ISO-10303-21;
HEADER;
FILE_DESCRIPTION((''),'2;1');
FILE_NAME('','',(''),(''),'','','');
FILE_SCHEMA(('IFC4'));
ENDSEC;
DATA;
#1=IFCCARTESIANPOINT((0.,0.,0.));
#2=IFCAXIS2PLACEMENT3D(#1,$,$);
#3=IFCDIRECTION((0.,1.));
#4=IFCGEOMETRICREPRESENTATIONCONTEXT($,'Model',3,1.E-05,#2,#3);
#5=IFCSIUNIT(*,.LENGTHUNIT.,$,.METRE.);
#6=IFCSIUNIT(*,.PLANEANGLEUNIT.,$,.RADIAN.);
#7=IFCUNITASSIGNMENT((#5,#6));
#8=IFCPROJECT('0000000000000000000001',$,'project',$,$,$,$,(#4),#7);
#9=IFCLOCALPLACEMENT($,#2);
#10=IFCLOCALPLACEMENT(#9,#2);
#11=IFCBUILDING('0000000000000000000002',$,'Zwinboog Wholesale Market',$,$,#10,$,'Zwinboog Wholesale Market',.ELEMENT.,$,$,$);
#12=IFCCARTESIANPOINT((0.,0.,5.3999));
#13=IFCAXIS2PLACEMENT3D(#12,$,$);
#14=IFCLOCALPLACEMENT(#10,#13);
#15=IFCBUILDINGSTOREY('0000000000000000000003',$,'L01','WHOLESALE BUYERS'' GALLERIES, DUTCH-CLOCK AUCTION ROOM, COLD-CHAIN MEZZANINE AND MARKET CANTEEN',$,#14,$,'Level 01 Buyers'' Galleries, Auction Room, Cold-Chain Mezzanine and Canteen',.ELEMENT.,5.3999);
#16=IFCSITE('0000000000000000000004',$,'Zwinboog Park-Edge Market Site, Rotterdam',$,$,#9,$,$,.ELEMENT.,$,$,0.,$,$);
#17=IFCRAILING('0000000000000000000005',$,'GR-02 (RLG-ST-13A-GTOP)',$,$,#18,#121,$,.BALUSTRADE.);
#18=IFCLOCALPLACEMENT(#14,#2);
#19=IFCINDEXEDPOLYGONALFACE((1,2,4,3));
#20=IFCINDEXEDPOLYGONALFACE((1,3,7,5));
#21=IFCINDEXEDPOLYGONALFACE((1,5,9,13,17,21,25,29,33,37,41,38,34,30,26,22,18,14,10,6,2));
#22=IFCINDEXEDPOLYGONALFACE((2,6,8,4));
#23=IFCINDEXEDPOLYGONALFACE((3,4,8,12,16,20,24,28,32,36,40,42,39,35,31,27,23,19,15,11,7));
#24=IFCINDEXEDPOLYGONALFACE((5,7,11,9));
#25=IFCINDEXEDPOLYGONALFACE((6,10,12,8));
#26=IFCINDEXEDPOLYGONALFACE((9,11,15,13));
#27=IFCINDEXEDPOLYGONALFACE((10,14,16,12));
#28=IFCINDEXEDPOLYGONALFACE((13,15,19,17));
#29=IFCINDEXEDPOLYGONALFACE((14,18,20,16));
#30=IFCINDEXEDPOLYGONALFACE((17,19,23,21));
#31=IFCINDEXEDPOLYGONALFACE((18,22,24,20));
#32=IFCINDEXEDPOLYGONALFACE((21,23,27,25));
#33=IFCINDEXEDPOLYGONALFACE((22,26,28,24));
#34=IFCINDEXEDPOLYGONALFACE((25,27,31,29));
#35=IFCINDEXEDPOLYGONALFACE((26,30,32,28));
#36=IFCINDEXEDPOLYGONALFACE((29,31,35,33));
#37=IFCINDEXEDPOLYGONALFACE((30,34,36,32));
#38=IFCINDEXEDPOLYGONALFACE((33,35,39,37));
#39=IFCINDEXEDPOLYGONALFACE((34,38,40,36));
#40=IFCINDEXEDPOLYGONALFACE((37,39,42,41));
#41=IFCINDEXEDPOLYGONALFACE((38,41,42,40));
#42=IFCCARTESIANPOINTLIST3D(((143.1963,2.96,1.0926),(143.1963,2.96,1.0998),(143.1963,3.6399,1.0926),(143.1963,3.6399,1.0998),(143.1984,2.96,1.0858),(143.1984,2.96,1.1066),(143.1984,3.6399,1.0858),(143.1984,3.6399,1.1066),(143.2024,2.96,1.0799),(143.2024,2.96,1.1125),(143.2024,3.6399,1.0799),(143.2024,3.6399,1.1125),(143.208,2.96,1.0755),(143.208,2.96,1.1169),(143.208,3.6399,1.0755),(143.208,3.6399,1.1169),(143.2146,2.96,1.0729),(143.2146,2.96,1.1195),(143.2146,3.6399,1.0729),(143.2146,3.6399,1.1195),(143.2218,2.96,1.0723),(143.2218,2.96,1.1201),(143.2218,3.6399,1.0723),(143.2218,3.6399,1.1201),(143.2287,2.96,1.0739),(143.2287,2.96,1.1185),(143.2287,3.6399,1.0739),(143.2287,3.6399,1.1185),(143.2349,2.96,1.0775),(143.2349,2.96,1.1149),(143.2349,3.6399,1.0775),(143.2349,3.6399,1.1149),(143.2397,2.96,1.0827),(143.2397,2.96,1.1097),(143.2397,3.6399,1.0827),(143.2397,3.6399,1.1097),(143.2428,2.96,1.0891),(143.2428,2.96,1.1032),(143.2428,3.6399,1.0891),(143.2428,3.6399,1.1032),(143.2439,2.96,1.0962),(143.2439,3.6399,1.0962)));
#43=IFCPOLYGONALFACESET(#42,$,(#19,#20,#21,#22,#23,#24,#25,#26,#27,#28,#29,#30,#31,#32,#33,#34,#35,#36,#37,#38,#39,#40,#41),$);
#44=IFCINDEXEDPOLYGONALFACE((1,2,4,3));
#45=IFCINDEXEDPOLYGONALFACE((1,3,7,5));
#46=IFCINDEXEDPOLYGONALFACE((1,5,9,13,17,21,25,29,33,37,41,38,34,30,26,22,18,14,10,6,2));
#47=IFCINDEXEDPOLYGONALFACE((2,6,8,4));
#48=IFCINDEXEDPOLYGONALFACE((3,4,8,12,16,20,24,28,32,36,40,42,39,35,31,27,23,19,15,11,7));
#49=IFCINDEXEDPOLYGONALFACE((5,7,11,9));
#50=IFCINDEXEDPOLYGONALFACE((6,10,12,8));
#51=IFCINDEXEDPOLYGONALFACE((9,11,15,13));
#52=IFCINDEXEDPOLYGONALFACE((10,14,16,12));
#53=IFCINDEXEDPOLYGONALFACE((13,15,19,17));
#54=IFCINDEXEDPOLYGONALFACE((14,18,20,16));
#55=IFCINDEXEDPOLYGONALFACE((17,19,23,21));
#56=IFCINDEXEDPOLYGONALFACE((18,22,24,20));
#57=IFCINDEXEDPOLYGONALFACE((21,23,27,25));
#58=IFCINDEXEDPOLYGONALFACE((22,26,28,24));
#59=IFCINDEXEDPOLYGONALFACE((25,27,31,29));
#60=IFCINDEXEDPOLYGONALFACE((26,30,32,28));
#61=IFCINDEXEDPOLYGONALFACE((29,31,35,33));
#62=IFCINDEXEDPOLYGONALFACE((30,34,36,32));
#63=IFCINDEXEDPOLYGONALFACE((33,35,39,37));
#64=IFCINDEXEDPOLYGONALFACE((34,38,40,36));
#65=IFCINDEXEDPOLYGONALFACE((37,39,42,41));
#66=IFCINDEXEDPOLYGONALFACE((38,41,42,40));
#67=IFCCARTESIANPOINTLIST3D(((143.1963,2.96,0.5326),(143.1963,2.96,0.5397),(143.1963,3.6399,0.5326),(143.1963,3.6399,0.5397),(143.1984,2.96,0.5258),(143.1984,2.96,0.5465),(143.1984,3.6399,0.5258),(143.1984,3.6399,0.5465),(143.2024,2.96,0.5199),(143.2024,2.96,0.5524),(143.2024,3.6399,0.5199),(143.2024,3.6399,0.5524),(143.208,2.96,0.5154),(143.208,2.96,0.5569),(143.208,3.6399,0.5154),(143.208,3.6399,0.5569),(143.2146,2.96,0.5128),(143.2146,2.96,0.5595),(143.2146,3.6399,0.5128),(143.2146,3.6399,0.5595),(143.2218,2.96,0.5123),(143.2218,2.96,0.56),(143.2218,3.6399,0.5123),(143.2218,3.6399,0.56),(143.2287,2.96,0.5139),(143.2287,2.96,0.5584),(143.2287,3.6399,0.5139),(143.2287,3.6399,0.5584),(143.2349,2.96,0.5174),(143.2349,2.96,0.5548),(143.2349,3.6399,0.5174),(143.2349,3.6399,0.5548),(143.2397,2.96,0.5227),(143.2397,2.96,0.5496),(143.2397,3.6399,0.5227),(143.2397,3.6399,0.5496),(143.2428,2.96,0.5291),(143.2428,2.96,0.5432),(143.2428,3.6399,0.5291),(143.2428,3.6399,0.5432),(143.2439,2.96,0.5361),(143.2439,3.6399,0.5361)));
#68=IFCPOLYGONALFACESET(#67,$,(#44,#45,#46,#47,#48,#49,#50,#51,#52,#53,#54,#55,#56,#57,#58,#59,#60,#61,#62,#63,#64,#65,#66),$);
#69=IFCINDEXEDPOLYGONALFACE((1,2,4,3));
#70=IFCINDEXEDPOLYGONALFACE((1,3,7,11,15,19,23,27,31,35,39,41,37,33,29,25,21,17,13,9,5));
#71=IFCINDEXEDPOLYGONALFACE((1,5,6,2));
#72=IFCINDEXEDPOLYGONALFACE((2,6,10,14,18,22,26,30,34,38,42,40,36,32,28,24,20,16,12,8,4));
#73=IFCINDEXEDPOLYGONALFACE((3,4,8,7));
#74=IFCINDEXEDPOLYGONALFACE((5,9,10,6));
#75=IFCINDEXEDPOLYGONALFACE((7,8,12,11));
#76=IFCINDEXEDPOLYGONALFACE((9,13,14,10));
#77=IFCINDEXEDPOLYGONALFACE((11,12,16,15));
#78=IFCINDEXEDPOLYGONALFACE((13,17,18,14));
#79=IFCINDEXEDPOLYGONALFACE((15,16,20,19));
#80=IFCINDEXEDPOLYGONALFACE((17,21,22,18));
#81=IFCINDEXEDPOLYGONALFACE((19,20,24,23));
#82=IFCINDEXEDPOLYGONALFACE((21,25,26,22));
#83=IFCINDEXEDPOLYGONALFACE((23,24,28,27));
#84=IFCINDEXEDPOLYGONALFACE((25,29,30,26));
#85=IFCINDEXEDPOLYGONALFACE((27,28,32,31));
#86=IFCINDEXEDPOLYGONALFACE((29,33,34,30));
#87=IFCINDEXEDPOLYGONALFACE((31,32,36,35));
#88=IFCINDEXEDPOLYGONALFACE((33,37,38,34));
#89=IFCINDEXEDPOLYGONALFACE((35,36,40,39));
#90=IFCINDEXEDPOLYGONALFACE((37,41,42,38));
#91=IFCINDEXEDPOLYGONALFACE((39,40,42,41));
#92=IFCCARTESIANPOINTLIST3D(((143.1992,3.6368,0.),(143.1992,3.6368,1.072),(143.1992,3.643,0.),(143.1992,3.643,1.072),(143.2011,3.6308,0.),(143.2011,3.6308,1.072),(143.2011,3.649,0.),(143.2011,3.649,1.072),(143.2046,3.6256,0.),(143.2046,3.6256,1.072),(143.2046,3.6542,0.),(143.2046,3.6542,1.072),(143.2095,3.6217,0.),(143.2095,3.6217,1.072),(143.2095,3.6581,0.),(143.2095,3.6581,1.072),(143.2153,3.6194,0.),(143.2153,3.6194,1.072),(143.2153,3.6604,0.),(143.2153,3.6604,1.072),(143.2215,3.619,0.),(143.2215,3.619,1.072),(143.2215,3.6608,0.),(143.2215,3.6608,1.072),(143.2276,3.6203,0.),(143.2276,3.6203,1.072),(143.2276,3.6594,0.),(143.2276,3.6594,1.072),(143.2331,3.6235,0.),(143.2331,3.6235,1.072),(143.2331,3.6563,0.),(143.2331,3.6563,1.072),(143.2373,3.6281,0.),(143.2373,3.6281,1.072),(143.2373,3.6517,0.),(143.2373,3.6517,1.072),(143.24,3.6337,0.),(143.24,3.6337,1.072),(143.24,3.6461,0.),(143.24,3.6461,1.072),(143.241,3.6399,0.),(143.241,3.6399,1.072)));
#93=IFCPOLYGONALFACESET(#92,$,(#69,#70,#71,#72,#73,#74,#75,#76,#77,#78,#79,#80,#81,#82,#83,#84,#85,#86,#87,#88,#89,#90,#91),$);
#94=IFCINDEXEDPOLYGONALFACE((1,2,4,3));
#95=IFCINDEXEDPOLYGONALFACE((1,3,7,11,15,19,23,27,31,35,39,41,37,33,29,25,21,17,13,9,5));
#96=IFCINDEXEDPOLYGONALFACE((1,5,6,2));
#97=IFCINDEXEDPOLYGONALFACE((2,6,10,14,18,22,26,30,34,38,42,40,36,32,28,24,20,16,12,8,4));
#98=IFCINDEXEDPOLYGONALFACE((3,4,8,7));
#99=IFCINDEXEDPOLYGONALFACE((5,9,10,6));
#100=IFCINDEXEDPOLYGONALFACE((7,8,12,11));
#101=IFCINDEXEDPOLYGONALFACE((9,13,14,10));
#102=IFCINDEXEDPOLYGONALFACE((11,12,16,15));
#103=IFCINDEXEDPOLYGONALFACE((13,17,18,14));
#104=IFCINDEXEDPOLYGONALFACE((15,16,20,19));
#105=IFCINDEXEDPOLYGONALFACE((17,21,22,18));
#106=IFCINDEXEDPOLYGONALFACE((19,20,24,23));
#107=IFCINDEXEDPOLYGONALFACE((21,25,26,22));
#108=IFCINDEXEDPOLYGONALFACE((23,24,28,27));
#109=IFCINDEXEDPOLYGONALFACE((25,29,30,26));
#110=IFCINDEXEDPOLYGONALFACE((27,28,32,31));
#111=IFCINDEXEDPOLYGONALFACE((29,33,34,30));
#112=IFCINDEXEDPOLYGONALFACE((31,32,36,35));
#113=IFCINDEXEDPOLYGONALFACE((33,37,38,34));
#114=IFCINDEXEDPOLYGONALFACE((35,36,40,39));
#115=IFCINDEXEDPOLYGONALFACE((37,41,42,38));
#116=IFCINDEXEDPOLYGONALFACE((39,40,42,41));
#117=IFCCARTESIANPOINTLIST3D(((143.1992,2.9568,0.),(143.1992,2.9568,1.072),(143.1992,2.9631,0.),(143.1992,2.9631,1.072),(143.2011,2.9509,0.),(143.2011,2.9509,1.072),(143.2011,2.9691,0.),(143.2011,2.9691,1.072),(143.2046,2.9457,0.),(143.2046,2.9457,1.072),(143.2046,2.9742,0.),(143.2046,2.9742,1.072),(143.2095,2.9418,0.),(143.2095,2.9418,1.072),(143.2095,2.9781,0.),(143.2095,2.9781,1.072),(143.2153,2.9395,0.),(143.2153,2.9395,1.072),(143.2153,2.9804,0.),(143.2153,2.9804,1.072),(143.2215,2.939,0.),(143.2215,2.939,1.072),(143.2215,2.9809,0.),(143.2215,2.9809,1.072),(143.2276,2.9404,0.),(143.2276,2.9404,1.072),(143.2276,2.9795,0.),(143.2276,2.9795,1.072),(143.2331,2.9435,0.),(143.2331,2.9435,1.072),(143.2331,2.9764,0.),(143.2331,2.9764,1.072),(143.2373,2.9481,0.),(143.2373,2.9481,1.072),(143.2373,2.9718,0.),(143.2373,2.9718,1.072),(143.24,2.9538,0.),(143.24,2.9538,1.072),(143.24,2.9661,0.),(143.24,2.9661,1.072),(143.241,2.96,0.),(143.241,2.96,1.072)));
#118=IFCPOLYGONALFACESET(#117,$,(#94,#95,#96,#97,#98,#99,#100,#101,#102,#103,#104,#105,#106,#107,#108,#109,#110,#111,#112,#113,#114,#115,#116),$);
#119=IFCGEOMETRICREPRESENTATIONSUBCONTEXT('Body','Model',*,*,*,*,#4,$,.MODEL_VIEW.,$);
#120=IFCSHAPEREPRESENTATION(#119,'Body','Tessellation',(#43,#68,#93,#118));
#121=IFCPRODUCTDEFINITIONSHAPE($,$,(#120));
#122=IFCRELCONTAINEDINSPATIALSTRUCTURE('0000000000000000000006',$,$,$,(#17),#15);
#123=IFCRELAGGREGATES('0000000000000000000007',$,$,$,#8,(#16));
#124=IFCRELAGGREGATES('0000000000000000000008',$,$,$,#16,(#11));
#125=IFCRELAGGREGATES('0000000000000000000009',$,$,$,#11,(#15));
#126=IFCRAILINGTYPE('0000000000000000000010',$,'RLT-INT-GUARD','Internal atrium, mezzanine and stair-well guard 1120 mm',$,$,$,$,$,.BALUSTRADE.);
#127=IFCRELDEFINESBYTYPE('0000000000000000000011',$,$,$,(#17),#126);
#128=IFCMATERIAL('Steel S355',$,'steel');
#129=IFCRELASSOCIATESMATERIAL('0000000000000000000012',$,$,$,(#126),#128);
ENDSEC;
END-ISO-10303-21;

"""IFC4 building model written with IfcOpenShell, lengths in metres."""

from ifc_helpers import new_model, si_unit, direction, frame, origin, origin_2d, place, context, subcontext, project, spatial, circle, extrude, material, type_object, element, save


model = new_model("IFC4")

# Units and contexts
model_context = context("Model", 3, precision=1e-05, world=origin(), true_north=direction((0.0, 1.0)))
body_context = subcontext(model_context, "Body", "Model", "MODEL_VIEW")
ifc_project = project(units=[si_unit("LENGTHUNIT", "METRE"), si_unit("PLANEANGLEUNIT", "RADIAN")], contexts=[model_context])

# Site, building, storey
site_placement = place(None, origin())
site = spatial("IfcSite", under=ifc_project, at=site_placement, Name="Zwinboog Park-Edge Market Site, Rotterdam", CompositionType="ELEMENT", RefElevation=0.0)
building_placement = place(site_placement, origin())
building = spatial("IfcBuilding", under=site, at=building_placement, Name="Zwinboog Wholesale Market", LongName="Zwinboog Wholesale Market", CompositionType="ELEMENT")
storey_placement = place(building_placement, frame((0.0, 0.0, 5.3999)))
storey = spatial("IfcBuildingStorey", under=building, at=storey_placement, Name="L01", Description="WHOLESALE BUYERS' GALLERIES, DUTCH-CLOCK AUCTION ROOM, COLD-CHAIN MEZZANINE AND MARKET CANTEEN", LongName="Level 01 Buyers' Galleries, Auction Room, Cold-Chain Mezzanine and Canteen", CompositionType="ELEMENT", Elevation=5.3999)

# Shared definitions
ifc_material_1 = material(Name="Steel S355", Category="steel")

# Railing
railing_type_1 = type_object("IfcRailingType", Name="RLT-INT-GUARD", Description="Internal atrium, mezzanine and stair-well guard 1120 mm", PredefinedType="BALUSTRADE", material=ifc_material_1)
railing_1_placement = place(storey_placement, frame((143.22, 3.6399, 0.0)))
element("IfcRailing", 1, at=railing_1_placement, inside=storey, type_object=railing_type_1, Name="GR-02 (RLG-ST-13A-GTOP)", PredefinedType="BALUSTRADE", context=body_context, shape_type="SweptSolid", body=[
    extrude(circle(Radius=0.0239, at=origin_2d()), frame((0.0, 0.0, 1.0962), z_axis=(0.0, -1.0, 0.0), x_axis=(1.0, 0.0, 0.0)), (0.0, 0.0, 1.0), 0.6799),
    extrude(circle(Radius=0.0239, at=origin_2d()), frame((0.0, 0.0, 0.5361), z_axis=(0.0, -1.0, 0.0), x_axis=(1.0, 0.0, 0.0)), (0.0, 0.0, 1.0), 0.6799),
    extrude(circle(Radius=0.021, at=origin_2d()), origin(), (0.0, 0.0, 1.0), 1.072),
    extrude(circle(Radius=0.021, at=origin_2d()), frame((0.0, -0.6799, 0.0)), (0.0, 0.0, 1.0), 1.072),
])

save(model, "model.ifc")
